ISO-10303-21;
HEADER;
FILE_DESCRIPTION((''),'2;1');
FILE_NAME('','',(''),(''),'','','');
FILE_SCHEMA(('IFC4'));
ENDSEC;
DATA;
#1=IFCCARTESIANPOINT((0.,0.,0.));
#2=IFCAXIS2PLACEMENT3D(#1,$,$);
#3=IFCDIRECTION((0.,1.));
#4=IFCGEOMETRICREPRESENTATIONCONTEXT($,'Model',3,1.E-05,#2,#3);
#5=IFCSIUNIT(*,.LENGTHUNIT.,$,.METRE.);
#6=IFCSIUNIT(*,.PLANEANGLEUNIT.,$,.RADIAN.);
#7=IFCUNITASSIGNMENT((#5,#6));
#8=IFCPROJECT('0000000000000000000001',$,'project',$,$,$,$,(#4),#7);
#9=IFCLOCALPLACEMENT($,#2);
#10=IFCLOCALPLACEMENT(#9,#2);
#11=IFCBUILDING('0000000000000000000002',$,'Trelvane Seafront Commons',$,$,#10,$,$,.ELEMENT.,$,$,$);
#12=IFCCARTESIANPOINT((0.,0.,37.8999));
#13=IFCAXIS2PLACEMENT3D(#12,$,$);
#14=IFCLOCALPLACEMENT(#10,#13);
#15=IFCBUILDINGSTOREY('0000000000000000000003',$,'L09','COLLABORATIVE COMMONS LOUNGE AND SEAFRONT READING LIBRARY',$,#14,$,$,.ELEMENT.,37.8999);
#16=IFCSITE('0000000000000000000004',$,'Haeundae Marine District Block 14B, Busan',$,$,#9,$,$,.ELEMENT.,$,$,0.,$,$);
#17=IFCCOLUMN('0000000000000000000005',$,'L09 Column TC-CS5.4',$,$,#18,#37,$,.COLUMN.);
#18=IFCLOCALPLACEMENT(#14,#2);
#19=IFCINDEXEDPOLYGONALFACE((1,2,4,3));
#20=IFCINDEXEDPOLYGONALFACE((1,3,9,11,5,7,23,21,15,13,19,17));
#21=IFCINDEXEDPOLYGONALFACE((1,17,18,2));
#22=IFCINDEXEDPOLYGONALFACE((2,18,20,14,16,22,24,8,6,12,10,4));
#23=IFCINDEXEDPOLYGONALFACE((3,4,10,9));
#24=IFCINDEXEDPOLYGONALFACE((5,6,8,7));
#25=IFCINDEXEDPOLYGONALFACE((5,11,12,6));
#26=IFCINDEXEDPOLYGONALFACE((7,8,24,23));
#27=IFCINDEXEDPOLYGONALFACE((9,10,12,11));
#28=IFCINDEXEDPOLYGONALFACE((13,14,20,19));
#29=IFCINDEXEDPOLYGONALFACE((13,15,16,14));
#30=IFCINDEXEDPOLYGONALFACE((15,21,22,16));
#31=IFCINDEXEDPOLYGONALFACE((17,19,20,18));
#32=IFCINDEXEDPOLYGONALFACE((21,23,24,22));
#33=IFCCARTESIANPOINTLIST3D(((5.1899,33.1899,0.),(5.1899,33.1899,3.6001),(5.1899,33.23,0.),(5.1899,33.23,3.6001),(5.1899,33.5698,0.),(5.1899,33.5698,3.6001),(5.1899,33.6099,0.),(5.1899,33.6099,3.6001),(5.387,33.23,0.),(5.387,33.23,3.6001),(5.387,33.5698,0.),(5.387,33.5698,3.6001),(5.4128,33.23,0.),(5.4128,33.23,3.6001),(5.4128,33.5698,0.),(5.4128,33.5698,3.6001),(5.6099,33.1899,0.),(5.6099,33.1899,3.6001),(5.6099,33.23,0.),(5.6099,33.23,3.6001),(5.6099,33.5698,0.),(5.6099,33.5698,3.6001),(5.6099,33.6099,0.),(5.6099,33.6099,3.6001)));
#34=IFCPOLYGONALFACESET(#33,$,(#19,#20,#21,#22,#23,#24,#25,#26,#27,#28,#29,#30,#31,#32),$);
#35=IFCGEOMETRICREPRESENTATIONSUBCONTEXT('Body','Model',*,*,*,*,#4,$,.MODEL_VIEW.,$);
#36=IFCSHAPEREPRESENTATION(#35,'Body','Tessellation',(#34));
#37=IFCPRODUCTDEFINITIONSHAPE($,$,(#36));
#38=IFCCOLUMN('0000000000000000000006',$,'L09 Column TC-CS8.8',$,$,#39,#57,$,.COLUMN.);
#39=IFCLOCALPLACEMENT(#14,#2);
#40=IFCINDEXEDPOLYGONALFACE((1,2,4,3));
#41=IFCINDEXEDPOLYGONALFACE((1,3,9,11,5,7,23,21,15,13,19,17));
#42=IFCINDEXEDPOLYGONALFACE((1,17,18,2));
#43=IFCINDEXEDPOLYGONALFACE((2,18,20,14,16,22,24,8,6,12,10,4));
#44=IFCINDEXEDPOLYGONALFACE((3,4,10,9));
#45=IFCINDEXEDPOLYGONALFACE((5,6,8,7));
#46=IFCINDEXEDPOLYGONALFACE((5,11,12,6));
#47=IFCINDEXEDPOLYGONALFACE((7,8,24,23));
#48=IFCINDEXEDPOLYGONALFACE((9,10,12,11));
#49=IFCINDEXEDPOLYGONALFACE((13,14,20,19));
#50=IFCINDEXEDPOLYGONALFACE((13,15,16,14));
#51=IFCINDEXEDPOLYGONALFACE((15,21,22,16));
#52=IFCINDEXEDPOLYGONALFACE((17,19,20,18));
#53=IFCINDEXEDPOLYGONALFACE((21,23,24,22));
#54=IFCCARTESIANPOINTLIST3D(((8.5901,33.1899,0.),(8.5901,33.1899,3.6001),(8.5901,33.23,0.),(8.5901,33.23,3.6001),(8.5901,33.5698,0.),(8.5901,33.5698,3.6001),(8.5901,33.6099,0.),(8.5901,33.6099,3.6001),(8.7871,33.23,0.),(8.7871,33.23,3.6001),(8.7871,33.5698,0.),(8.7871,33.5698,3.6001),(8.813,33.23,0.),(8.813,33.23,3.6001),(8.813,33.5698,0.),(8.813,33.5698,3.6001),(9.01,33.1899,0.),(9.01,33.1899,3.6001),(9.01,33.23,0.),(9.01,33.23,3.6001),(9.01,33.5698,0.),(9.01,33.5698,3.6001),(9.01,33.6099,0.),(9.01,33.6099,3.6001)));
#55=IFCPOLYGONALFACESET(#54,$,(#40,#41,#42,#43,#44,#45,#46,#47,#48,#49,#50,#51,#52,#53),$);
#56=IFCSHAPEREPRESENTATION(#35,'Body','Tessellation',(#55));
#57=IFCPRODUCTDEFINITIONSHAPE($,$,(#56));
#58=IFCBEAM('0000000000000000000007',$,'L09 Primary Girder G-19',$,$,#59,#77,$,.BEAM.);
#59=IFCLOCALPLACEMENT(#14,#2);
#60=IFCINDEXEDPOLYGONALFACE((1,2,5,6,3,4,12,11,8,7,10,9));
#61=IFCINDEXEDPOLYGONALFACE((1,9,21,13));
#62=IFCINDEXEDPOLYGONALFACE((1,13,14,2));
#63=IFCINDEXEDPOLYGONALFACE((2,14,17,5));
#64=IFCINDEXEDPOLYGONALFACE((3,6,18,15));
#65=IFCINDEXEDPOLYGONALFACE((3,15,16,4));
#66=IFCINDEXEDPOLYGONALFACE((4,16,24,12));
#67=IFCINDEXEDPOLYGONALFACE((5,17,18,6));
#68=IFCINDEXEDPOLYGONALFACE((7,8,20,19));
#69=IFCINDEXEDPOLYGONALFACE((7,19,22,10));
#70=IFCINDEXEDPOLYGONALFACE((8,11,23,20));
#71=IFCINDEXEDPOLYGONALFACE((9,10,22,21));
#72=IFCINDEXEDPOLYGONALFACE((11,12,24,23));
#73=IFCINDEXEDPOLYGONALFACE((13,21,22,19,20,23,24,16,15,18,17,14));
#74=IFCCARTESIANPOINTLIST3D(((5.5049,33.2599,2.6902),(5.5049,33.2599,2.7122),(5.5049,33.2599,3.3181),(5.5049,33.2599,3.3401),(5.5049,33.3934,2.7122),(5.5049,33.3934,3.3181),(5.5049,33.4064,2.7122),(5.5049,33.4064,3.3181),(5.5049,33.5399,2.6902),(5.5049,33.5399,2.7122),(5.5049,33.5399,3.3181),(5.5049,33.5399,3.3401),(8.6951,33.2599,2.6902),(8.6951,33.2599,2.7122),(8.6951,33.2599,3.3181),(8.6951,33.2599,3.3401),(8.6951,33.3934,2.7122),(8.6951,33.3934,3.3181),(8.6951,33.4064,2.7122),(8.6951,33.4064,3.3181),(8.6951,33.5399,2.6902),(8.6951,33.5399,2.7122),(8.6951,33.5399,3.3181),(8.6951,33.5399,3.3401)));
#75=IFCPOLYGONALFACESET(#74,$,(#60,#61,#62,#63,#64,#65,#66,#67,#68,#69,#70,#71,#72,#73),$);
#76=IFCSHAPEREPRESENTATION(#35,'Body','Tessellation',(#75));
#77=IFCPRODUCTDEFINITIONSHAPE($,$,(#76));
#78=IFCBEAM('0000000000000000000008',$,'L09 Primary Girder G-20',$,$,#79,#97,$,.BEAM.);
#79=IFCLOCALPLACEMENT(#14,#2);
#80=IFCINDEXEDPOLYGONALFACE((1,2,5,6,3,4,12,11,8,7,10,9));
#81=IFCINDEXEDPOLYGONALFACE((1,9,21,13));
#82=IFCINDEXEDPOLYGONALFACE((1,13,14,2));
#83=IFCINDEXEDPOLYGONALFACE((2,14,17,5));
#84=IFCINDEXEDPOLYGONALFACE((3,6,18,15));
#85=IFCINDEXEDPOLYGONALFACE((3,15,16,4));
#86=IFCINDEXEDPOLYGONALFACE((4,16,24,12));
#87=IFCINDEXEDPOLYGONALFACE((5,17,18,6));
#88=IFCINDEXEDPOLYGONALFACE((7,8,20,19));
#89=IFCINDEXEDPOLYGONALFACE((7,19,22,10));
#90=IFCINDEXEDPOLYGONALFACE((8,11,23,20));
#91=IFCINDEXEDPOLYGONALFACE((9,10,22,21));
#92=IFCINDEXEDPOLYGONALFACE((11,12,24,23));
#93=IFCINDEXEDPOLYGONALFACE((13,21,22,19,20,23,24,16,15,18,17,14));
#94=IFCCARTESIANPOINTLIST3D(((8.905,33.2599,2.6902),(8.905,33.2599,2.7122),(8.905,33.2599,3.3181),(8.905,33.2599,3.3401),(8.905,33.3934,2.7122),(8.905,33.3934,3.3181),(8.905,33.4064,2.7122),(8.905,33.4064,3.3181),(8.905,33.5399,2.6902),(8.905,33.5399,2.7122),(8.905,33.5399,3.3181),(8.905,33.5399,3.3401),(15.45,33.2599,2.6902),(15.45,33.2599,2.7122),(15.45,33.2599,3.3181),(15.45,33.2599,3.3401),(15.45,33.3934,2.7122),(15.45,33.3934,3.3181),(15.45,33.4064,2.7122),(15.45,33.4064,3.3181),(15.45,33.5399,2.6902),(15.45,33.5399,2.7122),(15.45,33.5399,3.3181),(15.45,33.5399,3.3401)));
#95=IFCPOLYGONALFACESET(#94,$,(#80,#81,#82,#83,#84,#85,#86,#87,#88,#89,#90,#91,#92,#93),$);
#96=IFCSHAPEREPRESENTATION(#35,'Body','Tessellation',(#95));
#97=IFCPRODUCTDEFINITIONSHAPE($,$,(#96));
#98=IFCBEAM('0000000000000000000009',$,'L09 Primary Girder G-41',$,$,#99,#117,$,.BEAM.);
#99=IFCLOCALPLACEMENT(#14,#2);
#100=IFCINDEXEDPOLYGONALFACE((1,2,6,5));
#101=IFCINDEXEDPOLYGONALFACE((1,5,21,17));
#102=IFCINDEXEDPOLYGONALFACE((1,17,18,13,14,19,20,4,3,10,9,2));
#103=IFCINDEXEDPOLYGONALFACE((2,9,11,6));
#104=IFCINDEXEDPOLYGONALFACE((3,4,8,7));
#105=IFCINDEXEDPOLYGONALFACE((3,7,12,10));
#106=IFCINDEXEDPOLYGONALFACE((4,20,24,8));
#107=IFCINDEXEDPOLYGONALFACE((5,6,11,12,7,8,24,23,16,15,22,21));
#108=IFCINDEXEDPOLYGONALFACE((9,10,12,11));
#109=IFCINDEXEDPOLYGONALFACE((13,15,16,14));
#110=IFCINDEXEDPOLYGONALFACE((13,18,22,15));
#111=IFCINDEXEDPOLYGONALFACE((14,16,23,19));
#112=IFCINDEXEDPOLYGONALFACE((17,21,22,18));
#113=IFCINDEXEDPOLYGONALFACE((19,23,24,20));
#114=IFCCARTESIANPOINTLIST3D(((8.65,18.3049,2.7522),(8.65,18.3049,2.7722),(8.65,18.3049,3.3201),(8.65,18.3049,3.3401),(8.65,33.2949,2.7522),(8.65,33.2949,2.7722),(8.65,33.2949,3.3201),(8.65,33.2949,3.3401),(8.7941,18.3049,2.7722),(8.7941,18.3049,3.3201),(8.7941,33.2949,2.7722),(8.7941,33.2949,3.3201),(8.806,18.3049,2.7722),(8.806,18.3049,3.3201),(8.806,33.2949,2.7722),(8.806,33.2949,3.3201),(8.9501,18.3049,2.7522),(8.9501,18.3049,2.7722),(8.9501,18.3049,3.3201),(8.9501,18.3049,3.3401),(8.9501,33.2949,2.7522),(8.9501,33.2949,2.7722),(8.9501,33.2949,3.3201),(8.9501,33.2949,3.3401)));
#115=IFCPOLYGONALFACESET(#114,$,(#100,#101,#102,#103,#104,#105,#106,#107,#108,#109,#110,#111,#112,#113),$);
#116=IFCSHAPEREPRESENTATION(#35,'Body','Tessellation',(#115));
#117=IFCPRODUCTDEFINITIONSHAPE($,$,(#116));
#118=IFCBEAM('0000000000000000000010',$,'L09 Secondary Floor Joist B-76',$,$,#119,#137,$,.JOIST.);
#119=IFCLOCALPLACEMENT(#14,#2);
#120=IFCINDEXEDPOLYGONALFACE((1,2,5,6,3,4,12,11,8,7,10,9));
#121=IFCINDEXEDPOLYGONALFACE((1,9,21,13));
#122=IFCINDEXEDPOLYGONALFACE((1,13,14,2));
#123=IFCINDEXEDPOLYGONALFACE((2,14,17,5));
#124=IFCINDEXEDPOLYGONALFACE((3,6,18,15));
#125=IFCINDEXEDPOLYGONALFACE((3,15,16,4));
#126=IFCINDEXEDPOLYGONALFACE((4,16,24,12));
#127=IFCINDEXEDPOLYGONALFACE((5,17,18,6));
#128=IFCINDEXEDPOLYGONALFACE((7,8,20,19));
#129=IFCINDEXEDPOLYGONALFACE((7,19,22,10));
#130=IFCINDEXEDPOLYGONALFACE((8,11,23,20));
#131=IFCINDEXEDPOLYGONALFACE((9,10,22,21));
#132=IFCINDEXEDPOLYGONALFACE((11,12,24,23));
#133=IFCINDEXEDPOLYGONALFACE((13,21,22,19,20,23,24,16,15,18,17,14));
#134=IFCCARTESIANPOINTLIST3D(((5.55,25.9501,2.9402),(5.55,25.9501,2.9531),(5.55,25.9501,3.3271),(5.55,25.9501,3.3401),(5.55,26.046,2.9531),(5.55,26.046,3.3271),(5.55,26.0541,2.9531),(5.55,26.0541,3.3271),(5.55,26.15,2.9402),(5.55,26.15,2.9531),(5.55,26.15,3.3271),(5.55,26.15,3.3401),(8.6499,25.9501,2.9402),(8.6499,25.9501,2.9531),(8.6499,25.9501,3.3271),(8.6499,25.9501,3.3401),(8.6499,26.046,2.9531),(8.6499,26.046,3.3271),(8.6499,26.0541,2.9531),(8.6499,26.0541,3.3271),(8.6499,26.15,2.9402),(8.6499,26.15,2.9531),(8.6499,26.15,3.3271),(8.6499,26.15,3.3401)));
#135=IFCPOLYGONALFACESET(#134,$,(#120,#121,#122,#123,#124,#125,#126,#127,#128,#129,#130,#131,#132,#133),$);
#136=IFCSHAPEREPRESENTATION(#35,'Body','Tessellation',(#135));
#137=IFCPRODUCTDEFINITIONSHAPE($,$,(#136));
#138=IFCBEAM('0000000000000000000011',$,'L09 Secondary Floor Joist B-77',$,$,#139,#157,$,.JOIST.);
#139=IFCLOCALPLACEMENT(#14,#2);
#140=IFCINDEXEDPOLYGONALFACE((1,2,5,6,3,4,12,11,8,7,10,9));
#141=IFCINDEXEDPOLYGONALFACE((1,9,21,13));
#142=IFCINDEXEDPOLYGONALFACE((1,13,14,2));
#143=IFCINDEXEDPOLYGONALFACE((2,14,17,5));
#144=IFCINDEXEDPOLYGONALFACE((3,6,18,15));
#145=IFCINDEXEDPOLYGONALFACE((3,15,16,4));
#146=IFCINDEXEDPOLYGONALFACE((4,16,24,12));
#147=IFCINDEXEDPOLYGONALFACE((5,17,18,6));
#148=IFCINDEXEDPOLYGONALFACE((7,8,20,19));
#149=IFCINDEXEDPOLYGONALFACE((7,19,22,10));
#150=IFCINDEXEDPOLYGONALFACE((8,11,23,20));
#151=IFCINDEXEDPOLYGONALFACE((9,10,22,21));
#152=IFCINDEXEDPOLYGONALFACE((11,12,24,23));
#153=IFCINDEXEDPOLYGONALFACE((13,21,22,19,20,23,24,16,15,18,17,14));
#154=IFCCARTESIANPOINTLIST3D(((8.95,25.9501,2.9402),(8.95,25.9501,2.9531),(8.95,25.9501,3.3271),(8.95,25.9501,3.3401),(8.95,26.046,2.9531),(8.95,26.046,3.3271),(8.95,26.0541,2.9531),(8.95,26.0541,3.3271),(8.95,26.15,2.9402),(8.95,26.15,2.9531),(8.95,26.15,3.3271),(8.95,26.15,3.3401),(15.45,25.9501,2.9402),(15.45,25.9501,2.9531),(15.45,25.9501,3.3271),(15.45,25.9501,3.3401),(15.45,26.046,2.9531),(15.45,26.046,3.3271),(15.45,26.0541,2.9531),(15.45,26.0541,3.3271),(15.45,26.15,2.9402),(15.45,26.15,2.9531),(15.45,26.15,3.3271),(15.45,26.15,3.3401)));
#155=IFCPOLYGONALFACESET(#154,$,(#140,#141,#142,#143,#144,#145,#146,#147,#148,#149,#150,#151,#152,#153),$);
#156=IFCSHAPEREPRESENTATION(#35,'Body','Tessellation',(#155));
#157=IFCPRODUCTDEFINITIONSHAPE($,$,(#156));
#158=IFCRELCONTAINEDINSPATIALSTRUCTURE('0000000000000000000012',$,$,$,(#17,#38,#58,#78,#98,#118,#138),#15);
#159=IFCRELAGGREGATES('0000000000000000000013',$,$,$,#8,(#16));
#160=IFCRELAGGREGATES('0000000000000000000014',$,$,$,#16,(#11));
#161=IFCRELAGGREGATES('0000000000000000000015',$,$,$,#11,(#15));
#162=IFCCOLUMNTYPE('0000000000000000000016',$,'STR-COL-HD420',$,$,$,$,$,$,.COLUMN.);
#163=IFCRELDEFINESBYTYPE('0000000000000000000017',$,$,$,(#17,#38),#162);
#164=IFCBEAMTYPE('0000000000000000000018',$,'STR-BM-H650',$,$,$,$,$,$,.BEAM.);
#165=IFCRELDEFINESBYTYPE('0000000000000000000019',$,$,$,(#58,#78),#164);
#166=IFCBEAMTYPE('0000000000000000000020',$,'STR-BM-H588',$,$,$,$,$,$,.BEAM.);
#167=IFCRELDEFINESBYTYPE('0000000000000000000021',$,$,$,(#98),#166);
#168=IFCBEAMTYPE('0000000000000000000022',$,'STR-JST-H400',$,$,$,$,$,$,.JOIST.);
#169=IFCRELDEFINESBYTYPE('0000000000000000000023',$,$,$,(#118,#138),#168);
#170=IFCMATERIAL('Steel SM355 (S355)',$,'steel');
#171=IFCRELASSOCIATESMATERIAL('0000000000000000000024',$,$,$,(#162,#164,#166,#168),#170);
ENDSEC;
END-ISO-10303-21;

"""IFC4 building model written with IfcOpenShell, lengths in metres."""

from ifc_helpers import new_model, si_unit, direction, frame, origin, origin_2d, place, context, subcontext, project, spatial, i_section, extrude, source, transform, mapped, material, material_profile, profile_set, type_object, element, save


model = new_model("IFC4")

# Units and contexts
model_context = context("Model", 3, precision=1e-05, world=origin(), true_north=direction((0.0, 1.0)))
body_context = subcontext(model_context, "Body", "Model", "MODEL_VIEW")
ifc_project = project(units=[si_unit("LENGTHUNIT", "METRE"), si_unit("PLANEANGLEUNIT", "RADIAN")], contexts=[model_context])

# Site, building, storey
site_placement = place(None, origin())
site = spatial("IfcSite", under=ifc_project, at=site_placement, Name="Haeundae Marine District Block 14B, Busan", CompositionType="ELEMENT", RefElevation=0.0)
building_placement = place(site_placement, origin())
building = spatial("IfcBuilding", under=site, at=building_placement, Name="Trelvane Seafront Commons", CompositionType="ELEMENT")
storey_placement = place(building_placement, frame((0.0, 0.0, 37.8999)))
storey = spatial("IfcBuildingStorey", under=building, at=storey_placement, Name="L09", Description="COLLABORATIVE COMMONS LOUNGE AND SEAFRONT READING LIBRARY", CompositionType="ELEMENT", Elevation=37.8999)

# Columns
ifc_material_1 = material(Name="Steel SM355 (S355)", Category="steel")
ifc_material_profile_1 = material_profile(ifc_material_1, i_section(OverallWidth=0.4199, OverallDepth=0.4199, WebThickness=0.0259, FlangeThickness=0.04, at=origin_2d()), Name="HD-420x420x26x40")
ifc_profile_set_1 = profile_set([ifc_material_profile_1], Name="Steel SM355 (S355)")
column_type = type_object("IfcColumnType", Name="STR-COL-HD420", PredefinedType="COLUMN", material=ifc_profile_set_1)
shared_shape_1 = source(origin(), body_context, "Body", "SweptSolid", [
    extrude(i_section(OverallWidth=0.4199, OverallDepth=0.4199, WebThickness=0.0259, FlangeThickness=0.04, at=origin_2d()), origin(), (0.0, 0.0, 1.0), 3.6001),
])
for number, where, z_axis, x_axis, name in (
    (1, (5.3999, 33.3999, 0.0), (0.0, 0.0, 1.0), (1.0, 0.0, 0.0), "L09 Column TC-CS5.4"),
    (2, (8.8, 33.3999, 0.0), (0.0, 0.0, 1.0), (1.0, 0.0, 0.0), "L09 Column TC-CS8.8"),
):
    element("IfcColumn", number, at=place(storey_placement, frame(where, z_axis=z_axis, x_axis=x_axis)), inside=storey, type_object=column_type, Name=name, PredefinedType="COLUMN", context=body_context, shape_type="MappedRepresentation", body=[
        mapped(shared_shape_1, transform((0.0, 0.0, 0.0), x_axis=(1.0, 0.0, 0.0), y_axis=(0.0, 1.0, 0.0), z_axis=(0.0, 0.0, 1.0), scale=1.0)),
    ])

# Beams
ifc_material_profile_2 = material_profile(ifc_material_1, i_section(OverallWidth=0.28, OverallDepth=0.6499, WebThickness=0.0129, FlangeThickness=0.022, at=origin_2d()), Name="H-650x280x13x22")
ifc_profile_set_2 = profile_set([ifc_material_profile_2], Name="Steel SM355 (S355)")
beam_type_1 = type_object("IfcBeamType", Name="STR-BM-H650", PredefinedType="BEAM", material=ifc_profile_set_2)
shared_shape_2 = source(origin(), body_context, "Body", "SweptSolid", [
    extrude(i_section(OverallWidth=0.28, OverallDepth=0.6499, WebThickness=0.0129, FlangeThickness=0.022, at=origin_2d()), origin(), (0.0, 0.0, 1.0), 3.1902),
])
beam_1_placement = place(storey_placement, frame((5.5049, 33.3999, 3.0151), z_axis=(1.0, 0.0, 0.0), x_axis=(0.0, 1.0, 0.0)))
element("IfcBeam", 3, at=beam_1_placement, inside=storey, type_object=beam_type_1, Name="L09 Primary Girder G-19", PredefinedType="BEAM", context=body_context, shape_type="MappedRepresentation", body=[
    mapped(shared_shape_2, transform((0.0, 0.0, 0.0), x_axis=(1.0, 0.0, 0.0), y_axis=(0.0, 1.0, 0.0), z_axis=(0.0, 0.0, 1.0), scale=1.0)),
])
shared_shape_3 = source(origin(), body_context, "Body", "SweptSolid", [
    extrude(i_section(OverallWidth=0.28, OverallDepth=0.6499, WebThickness=0.0129, FlangeThickness=0.022, at=origin_2d()), origin(), (0.0, 0.0, 1.0), 6.5449),
])
beam_2_placement = place(storey_placement, frame((8.905, 33.3999, 3.0151), z_axis=(1.0, 0.0, 0.0), x_axis=(0.0, 1.0, 0.0)))
element("IfcBeam", 4, at=beam_2_placement, inside=storey, type_object=beam_type_1, Name="L09 Primary Girder G-20", PredefinedType="BEAM", context=body_context, shape_type="MappedRepresentation", body=[
    mapped(shared_shape_3, transform((0.0, 0.0, 0.0), x_axis=(1.0, 0.0, 0.0), y_axis=(0.0, 1.0, 0.0), z_axis=(0.0, 0.0, 1.0), scale=1.0)),
])
ifc_material_profile_3 = material_profile(ifc_material_1, i_section(OverallWidth=0.3, OverallDepth=0.5879, WebThickness=0.012, FlangeThickness=0.02, at=origin_2d()), Name="H-588x300x12x20")
ifc_profile_set_3 = profile_set([ifc_material_profile_3], Name="Steel SM355 (S355)")
beam_type_2 = type_object("IfcBeamType", Name="STR-BM-H588", PredefinedType="BEAM", material=ifc_profile_set_3)
shared_shape_4 = source(origin(), body_context, "Body", "SweptSolid", [
    extrude(i_section(OverallWidth=0.3, OverallDepth=0.5879, WebThickness=0.012, FlangeThickness=0.02, at=origin_2d()), origin(), (0.0, 0.0, 1.0), 14.99),
])
beam_3_placement = place(storey_placement, frame((8.8, 18.3049, 3.0461), z_axis=(0.0, 1.0, 0.0), x_axis=(-1.0, 0.0, 0.0)))
element("IfcBeam", 5, at=beam_3_placement, inside=storey, type_object=beam_type_2, Name="L09 Primary Girder G-41", PredefinedType="BEAM", context=body_context, shape_type="MappedRepresentation", body=[
    mapped(shared_shape_4, transform((0.0, 0.0, 0.0), x_axis=(1.0, 0.0, 0.0), y_axis=(0.0, 1.0, 0.0), z_axis=(0.0, 0.0, 1.0), scale=1.0)),
])
ifc_material_profile_4 = material_profile(ifc_material_1, i_section(OverallWidth=0.2, OverallDepth=0.3999, WebThickness=0.0081, FlangeThickness=0.0129, at=origin_2d()), Name="H-400x200x8x13")
ifc_profile_set_4 = profile_set([ifc_material_profile_4], Name="Steel SM355 (S355)")
beam_type_3 = type_object("IfcBeamType", Name="STR-JST-H400", PredefinedType="JOIST", material=ifc_profile_set_4)
shared_shape_5 = source(origin(), body_context, "Body", "SweptSolid", [
    extrude(i_section(OverallWidth=0.2, OverallDepth=0.3999, WebThickness=0.0081, FlangeThickness=0.0129, at=origin_2d()), origin(), (0.0, 0.0, 1.0), 3.0999),
])
beam_4_placement = place(storey_placement, frame((5.55, 26.05, 3.1401), z_axis=(1.0, 0.0, 0.0), x_axis=(0.0, 1.0, 0.0)))
element("IfcBeam", 6, at=beam_4_placement, inside=storey, type_object=beam_type_3, Name="L09 Secondary Floor Joist B-76", PredefinedType="JOIST", context=body_context, shape_type="MappedRepresentation", body=[
    mapped(shared_shape_5, transform((0.0, 0.0, 0.0), x_axis=(1.0, 0.0, 0.0), y_axis=(0.0, 1.0, 0.0), z_axis=(0.0, 0.0, 1.0), scale=1.0)),
])
shared_shape_6 = source(origin(), body_context, "Body", "SweptSolid", [
    extrude(i_section(OverallWidth=0.2, OverallDepth=0.3999, WebThickness=0.0081, FlangeThickness=0.0129, at=origin_2d()), origin(), (0.0, 0.0, 1.0), 6.5),
])
beam_5_placement = place(storey_placement, frame((8.95, 26.05, 3.1401), z_axis=(1.0, 0.0, 0.0), x_axis=(0.0, 1.0, 0.0)))
element("IfcBeam", 7, at=beam_5_placement, inside=storey, type_object=beam_type_3, Name="L09 Secondary Floor Joist B-77", PredefinedType="JOIST", context=body_context, shape_type="MappedRepresentation", body=[
    mapped(shared_shape_6, transform((0.0, 0.0, 0.0), x_axis=(1.0, 0.0, 0.0), y_axis=(0.0, 1.0, 0.0), z_axis=(0.0, 0.0, 1.0), scale=1.0)),
])

save(model, "model.ifc")
